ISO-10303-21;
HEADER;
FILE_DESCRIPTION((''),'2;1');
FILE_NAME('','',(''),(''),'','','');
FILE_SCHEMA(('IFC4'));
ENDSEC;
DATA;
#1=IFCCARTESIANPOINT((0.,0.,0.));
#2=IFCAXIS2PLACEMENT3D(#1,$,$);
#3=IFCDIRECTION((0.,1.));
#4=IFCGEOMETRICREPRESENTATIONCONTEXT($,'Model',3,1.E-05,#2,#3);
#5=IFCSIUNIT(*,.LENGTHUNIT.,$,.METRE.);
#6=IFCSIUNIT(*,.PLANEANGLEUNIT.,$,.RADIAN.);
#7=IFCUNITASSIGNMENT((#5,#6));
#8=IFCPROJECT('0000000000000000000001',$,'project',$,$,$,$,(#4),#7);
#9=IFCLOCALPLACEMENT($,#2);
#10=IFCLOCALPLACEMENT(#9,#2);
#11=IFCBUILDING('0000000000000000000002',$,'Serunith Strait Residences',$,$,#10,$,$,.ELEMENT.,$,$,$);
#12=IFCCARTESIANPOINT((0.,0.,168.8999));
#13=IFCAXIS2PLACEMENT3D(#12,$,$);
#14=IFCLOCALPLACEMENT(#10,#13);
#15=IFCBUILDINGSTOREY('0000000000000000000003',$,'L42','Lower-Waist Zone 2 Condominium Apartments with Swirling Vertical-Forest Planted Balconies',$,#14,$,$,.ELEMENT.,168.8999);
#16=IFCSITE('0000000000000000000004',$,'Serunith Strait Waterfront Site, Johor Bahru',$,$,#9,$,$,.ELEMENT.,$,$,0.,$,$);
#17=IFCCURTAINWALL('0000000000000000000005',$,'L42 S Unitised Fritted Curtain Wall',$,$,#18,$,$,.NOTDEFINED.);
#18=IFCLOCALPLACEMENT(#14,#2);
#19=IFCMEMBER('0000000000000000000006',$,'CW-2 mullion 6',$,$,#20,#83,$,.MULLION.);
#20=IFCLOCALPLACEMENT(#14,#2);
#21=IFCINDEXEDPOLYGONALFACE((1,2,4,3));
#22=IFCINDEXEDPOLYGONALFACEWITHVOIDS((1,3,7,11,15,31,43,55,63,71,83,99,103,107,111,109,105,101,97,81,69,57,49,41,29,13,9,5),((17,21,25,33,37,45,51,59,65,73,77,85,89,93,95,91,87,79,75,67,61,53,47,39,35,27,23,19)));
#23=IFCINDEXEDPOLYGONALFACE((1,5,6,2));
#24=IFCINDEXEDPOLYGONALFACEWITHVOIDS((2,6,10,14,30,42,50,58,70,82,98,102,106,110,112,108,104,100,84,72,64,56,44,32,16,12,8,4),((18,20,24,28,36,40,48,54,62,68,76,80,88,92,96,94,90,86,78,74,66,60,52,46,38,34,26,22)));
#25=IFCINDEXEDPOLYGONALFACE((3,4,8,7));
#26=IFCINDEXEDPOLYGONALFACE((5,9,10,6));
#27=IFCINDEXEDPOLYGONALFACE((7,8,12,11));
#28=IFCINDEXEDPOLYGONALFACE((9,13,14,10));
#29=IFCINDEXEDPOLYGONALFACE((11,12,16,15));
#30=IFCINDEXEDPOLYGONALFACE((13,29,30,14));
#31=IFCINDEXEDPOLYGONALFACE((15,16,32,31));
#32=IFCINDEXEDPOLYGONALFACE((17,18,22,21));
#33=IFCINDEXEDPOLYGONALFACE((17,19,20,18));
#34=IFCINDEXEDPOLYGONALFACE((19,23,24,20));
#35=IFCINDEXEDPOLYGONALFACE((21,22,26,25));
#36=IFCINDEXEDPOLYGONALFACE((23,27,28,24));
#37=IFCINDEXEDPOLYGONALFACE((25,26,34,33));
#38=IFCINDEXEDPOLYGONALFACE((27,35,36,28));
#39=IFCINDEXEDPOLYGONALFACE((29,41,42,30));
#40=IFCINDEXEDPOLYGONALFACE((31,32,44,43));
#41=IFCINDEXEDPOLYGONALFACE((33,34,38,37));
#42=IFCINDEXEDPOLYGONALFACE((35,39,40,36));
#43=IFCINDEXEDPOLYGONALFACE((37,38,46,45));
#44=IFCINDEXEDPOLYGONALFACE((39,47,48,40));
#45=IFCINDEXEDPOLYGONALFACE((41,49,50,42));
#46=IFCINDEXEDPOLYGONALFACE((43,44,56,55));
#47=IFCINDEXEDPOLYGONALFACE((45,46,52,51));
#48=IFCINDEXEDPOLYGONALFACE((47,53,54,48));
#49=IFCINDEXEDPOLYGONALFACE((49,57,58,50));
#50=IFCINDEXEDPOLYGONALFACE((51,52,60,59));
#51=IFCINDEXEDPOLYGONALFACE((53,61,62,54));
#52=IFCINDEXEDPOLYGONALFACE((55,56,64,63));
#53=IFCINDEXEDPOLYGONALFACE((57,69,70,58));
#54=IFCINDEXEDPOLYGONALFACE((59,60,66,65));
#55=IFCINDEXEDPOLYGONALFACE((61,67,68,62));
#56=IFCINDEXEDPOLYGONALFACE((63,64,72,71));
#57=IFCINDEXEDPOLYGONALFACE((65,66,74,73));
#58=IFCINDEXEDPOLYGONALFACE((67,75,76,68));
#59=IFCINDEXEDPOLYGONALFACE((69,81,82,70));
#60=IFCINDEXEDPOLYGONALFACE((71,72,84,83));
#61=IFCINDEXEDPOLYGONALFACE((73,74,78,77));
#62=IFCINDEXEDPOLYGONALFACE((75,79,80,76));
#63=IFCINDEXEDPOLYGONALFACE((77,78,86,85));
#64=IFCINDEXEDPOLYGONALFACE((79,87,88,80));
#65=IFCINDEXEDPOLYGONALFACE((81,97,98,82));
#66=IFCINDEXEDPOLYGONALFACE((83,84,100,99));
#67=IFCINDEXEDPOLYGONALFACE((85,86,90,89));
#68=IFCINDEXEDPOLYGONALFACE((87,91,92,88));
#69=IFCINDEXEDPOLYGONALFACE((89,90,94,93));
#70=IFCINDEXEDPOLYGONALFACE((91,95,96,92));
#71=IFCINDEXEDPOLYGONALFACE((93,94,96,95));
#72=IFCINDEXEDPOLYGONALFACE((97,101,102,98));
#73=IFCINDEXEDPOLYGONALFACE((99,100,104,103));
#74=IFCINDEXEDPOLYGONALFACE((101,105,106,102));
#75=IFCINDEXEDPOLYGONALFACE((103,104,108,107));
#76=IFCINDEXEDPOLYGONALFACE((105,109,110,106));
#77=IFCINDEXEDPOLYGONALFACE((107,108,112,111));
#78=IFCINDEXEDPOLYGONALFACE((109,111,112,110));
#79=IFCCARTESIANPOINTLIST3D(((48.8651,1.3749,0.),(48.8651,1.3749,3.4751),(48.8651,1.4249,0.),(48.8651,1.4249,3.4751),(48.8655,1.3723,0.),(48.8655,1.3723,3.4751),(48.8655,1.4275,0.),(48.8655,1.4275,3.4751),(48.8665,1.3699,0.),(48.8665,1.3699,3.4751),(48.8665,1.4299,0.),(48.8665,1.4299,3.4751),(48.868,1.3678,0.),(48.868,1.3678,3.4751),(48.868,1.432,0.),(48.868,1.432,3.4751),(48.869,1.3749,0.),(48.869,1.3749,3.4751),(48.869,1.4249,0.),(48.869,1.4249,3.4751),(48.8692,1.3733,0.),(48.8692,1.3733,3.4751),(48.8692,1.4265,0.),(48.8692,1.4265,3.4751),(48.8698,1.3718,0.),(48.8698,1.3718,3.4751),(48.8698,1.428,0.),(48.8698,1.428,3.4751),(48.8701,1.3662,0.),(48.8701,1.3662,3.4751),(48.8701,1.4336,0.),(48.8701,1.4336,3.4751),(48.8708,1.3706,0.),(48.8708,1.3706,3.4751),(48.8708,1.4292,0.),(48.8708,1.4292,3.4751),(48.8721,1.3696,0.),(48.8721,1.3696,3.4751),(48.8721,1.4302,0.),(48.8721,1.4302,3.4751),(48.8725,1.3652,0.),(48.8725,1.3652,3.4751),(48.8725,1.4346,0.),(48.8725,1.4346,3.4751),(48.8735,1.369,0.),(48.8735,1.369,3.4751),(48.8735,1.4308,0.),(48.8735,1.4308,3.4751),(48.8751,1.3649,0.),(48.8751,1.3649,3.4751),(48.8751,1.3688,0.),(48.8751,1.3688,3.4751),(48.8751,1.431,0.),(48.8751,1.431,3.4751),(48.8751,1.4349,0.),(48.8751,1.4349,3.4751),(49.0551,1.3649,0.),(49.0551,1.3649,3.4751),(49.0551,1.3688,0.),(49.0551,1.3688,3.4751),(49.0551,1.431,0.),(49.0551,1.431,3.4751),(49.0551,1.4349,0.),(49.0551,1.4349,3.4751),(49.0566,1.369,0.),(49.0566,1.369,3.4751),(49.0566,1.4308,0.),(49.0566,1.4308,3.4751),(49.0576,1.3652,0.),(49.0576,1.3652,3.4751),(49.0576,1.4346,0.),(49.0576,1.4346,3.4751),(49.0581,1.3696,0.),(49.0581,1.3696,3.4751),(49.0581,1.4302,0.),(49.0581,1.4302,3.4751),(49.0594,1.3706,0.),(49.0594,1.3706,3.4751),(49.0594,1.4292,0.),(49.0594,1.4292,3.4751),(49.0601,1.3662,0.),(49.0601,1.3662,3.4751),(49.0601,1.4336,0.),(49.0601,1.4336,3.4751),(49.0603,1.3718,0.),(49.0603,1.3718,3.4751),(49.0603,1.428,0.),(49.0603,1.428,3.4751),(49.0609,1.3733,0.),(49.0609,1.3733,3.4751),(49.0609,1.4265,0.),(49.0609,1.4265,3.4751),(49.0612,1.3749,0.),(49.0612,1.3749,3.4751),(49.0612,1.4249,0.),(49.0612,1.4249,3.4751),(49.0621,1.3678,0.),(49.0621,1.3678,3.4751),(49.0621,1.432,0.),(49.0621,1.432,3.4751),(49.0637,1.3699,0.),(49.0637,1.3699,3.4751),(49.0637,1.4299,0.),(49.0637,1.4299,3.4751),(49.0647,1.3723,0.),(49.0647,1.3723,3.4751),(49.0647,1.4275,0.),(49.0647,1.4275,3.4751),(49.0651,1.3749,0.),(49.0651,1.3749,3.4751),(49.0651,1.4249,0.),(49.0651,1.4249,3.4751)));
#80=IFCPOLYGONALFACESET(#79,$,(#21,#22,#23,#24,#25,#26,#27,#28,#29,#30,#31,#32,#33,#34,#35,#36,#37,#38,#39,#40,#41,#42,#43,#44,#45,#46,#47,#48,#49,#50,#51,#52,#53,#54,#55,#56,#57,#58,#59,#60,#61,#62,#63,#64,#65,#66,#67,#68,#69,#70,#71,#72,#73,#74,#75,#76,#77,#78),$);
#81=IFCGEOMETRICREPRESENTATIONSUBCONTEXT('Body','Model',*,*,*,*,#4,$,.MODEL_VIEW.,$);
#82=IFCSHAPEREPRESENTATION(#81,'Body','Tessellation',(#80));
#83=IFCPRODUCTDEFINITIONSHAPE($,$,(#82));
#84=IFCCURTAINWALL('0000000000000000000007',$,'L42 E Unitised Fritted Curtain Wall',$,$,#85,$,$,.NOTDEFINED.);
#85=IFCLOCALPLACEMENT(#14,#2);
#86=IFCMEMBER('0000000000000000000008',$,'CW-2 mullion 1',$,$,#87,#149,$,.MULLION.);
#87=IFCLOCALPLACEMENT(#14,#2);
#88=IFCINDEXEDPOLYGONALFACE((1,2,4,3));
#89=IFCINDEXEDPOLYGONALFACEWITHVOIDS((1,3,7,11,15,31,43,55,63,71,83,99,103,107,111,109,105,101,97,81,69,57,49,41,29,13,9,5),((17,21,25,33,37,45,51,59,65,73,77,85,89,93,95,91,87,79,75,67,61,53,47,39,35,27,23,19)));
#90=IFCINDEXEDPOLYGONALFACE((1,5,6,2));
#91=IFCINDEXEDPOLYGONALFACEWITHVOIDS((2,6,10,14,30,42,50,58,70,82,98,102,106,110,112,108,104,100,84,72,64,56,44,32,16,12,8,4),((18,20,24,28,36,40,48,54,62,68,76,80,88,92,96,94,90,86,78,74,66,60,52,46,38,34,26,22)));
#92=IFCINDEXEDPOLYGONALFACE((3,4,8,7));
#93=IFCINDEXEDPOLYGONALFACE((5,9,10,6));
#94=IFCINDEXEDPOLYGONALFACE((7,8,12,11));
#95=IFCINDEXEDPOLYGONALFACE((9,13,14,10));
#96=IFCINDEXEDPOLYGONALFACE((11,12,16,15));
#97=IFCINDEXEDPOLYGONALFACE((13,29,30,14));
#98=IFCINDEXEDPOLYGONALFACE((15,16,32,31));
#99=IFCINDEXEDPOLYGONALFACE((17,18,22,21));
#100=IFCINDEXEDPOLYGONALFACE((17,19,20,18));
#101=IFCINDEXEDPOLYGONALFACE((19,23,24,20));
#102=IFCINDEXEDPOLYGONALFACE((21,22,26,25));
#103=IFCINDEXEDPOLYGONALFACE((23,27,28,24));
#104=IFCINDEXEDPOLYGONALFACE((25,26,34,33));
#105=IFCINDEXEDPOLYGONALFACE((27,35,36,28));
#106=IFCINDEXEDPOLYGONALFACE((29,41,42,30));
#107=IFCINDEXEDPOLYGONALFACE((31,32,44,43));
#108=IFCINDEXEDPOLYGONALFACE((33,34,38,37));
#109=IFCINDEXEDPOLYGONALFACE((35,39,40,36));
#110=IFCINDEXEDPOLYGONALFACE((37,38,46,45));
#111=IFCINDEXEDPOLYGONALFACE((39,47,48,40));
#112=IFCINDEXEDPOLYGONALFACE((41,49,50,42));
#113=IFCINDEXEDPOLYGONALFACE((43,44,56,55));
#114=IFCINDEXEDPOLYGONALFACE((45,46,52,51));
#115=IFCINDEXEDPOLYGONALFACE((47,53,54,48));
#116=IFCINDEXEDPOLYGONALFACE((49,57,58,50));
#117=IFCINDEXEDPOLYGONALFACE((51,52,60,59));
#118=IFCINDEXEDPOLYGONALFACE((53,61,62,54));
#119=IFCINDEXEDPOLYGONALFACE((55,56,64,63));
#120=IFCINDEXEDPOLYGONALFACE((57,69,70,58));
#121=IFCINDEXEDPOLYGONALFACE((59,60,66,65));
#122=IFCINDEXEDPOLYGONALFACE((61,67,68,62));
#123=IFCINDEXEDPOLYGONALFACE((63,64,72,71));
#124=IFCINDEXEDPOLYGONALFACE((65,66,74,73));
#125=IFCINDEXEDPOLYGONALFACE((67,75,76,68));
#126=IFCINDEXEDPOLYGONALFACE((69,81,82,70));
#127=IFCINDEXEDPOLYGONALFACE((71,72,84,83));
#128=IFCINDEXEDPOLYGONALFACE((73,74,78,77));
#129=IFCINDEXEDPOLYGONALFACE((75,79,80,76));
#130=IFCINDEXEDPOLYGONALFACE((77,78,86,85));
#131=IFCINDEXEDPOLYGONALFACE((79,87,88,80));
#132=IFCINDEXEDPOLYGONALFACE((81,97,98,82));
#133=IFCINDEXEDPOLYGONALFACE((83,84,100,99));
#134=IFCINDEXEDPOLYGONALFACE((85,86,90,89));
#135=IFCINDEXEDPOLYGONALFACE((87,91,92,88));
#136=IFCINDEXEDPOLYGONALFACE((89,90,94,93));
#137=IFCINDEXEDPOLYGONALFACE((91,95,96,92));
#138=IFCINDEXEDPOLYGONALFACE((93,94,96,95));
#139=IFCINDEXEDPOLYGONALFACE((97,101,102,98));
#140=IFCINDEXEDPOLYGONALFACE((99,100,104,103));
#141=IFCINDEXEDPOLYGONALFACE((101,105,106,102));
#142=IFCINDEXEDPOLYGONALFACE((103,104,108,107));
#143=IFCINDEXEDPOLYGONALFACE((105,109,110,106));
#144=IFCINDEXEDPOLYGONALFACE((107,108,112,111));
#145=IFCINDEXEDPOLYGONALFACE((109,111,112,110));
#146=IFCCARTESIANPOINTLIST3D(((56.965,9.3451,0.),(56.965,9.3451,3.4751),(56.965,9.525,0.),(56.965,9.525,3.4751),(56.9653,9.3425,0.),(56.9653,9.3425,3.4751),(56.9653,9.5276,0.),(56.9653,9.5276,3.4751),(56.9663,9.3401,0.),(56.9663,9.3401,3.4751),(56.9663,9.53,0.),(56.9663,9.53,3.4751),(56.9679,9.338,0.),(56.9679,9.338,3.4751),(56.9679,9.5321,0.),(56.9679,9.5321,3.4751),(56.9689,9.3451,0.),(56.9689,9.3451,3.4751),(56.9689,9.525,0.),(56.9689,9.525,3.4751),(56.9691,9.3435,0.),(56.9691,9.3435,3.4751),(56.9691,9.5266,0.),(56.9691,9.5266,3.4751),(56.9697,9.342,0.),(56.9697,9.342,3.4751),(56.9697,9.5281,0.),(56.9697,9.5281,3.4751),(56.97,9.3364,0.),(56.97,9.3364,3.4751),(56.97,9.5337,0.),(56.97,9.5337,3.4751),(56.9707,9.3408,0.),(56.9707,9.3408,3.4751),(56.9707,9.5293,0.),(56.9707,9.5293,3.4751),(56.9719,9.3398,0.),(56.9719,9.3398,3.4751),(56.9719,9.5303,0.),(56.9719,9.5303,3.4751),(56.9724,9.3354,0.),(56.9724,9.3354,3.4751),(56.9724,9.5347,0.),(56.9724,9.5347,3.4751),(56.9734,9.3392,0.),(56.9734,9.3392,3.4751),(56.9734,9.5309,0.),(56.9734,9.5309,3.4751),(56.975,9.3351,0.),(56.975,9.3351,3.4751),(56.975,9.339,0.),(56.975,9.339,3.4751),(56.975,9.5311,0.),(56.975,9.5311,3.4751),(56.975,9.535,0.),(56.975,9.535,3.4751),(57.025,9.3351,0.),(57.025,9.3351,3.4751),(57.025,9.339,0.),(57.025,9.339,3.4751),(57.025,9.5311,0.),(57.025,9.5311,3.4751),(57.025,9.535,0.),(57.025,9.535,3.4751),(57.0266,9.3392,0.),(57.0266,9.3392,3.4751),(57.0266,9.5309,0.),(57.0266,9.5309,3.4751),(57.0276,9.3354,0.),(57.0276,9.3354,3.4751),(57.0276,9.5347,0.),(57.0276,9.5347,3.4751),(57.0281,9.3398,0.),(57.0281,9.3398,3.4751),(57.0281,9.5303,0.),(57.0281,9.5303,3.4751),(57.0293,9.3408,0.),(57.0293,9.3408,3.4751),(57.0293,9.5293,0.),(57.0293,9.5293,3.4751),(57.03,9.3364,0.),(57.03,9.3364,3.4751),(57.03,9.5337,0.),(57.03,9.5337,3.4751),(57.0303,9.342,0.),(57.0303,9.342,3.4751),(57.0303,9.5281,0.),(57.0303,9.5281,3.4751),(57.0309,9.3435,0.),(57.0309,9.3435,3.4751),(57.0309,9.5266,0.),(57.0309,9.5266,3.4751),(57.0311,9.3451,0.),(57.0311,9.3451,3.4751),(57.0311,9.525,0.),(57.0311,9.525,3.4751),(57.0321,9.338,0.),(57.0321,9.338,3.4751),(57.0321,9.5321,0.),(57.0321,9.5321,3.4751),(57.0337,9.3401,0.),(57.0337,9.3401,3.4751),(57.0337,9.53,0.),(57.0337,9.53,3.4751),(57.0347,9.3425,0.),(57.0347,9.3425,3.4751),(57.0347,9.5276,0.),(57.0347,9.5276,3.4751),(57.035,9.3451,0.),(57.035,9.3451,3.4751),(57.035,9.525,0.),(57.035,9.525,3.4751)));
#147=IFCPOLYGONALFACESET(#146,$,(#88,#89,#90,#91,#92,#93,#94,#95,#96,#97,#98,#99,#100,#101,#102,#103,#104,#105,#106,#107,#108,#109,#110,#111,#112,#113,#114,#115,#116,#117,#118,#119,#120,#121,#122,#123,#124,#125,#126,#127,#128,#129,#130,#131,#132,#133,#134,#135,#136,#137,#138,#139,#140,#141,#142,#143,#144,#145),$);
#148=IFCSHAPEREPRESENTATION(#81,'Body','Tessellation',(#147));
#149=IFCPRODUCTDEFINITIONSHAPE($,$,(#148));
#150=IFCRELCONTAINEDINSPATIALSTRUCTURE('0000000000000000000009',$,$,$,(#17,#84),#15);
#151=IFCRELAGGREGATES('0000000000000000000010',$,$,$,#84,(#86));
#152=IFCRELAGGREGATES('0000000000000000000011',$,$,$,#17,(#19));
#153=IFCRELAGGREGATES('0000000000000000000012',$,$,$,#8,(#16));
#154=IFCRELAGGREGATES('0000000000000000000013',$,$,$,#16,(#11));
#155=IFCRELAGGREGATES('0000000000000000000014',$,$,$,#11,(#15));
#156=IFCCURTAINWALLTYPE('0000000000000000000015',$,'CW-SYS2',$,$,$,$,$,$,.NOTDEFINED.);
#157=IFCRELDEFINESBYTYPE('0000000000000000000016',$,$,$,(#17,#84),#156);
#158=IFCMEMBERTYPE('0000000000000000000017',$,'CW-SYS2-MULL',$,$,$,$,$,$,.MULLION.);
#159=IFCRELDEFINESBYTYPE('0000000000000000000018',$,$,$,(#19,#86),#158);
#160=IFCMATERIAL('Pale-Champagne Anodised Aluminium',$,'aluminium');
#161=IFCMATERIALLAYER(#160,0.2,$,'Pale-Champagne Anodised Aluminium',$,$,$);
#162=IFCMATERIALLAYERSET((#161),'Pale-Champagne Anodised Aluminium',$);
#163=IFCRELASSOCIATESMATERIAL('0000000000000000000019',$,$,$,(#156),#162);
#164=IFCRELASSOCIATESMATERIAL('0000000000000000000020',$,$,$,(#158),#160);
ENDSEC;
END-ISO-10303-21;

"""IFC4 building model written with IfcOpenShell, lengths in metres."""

from ifc_helpers import new_model, si_unit, direction, frame, origin, origin_2d, place, context, subcontext, project, spatial, hollow_rectangle, extrude, source, transform, mapped, material, layer, layer_set, material_profile, profile_set, type_object, element, aggregate, save


model = new_model("IFC4")

# Units and contexts
model_context = context("Model", 3, precision=1e-05, world=origin(), true_north=direction((0.0, 1.0)))
body_context = subcontext(model_context, "Body", "Model", "MODEL_VIEW")
ifc_project = project(units=[si_unit("LENGTHUNIT", "METRE"), si_unit("PLANEANGLEUNIT", "RADIAN")], contexts=[model_context])

# Site, building, storey
site_placement = place(None, origin())
site = spatial("IfcSite", under=ifc_project, at=site_placement, Name="Serunith Strait Waterfront Site, Johor Bahru", CompositionType="ELEMENT", RefElevation=0.0)
building_placement = place(site_placement, origin())
building = spatial("IfcBuilding", under=site, at=building_placement, Name="Serunith Strait Residences", CompositionType="ELEMENT")
storey_placement = place(building_placement, frame((0.0, 0.0, 168.8999)))
storey = spatial("IfcBuildingStorey", under=building, at=storey_placement, Name="L42", Description="Lower-Waist Zone 2 Condominium Apartments with Swirling Vertical-Forest Planted Balconies", CompositionType="ELEMENT", Elevation=168.8999)

# Curtain wall, member
ifc_material_1 = material(Name="Pale-Champagne Anodised Aluminium", Category="aluminium")
ifc_layer_1 = layer(ifc_material_1, 0.2, Name="Pale-Champagne Anodised Aluminium")
ifc_layer_set_1 = layer_set([ifc_layer_1], Name="Pale-Champagne Anodised Aluminium")
curtain_wall_type = type_object("IfcCurtainWallType", Name="CW-SYS2", PredefinedType="NOTDEFINED", material=ifc_layer_set_1)
curtain_wall_1_placement = place(storey_placement, origin())
curtain_wall_1 = element("IfcCurtainWall", 1, at=curtain_wall_1_placement, inside=storey, type_object=curtain_wall_type, Name="L42 S Unitised Fritted Curtain Wall", PredefinedType="NOTDEFINED")
ifc_material_profile_1 = material_profile(ifc_material_1, hollow_rectangle(XDim=0.0701, YDim=0.2, WallThickness=0.0039, InnerFilletRadius=0.0061, OuterFilletRadius=0.01, at=origin_2d()), Name="ALU 200x70x4")
ifc_profile_set_1 = profile_set([ifc_material_profile_1], Name="Pale-Champagne Anodised Aluminium")
member_type_1 = type_object("IfcMemberType", Name="CW-SYS2-MULL", PredefinedType="MULLION", material=ifc_profile_set_1)
shared_shape_1 = source(origin(), body_context, "Body", "SweptSolid", [
    extrude(hollow_rectangle(XDim=0.0701, YDim=0.2, WallThickness=0.0039, InnerFilletRadius=0.0061, OuterFilletRadius=0.01, at=origin_2d()), origin(), (0.0, 0.0, 1.0), 3.4751),
])
member_1_placement = place(storey_placement, frame((48.9651, 1.3999, 0.0), z_axis=(0.0, 0.0, 1.0), x_axis=(0.0, 1.0, 0.0)))
member_1 = element("IfcMember", 2, at=member_1_placement, type_object=member_type_1, Name="CW-2 mullion 6", PredefinedType="MULLION", context=body_context, shape_type="MappedRepresentation", body=[
    mapped(shared_shape_1, transform((0.0, 0.0, 0.0), scale=1.0)),
])

# Curtain wall, member
curtain_wall_2_placement = place(storey_placement, origin())
curtain_wall_2 = element("IfcCurtainWall", 3, at=curtain_wall_2_placement, inside=storey, type_object=curtain_wall_type, Name="L42 E Unitised Fritted Curtain Wall", PredefinedType="NOTDEFINED")
member_2_placement = place(storey_placement, frame((57.0, 9.4351, 0.0), z_axis=(0.0, 0.0, 1.0), x_axis=(-1.0, 0.0, 0.0)))
member_2 = element("IfcMember", 4, at=member_2_placement, type_object=member_type_1, Name="CW-2 mullion 1", PredefinedType="MULLION", context=body_context, shape_type="MappedRepresentation", body=[
    mapped(shared_shape_1, transform((0.0, 0.0, 0.0), scale=1.0)),
])
aggregate(curtain_wall_2, [member_2])

aggregate(curtain_wall_1, [member_1])

save(model, "model.ifc")
